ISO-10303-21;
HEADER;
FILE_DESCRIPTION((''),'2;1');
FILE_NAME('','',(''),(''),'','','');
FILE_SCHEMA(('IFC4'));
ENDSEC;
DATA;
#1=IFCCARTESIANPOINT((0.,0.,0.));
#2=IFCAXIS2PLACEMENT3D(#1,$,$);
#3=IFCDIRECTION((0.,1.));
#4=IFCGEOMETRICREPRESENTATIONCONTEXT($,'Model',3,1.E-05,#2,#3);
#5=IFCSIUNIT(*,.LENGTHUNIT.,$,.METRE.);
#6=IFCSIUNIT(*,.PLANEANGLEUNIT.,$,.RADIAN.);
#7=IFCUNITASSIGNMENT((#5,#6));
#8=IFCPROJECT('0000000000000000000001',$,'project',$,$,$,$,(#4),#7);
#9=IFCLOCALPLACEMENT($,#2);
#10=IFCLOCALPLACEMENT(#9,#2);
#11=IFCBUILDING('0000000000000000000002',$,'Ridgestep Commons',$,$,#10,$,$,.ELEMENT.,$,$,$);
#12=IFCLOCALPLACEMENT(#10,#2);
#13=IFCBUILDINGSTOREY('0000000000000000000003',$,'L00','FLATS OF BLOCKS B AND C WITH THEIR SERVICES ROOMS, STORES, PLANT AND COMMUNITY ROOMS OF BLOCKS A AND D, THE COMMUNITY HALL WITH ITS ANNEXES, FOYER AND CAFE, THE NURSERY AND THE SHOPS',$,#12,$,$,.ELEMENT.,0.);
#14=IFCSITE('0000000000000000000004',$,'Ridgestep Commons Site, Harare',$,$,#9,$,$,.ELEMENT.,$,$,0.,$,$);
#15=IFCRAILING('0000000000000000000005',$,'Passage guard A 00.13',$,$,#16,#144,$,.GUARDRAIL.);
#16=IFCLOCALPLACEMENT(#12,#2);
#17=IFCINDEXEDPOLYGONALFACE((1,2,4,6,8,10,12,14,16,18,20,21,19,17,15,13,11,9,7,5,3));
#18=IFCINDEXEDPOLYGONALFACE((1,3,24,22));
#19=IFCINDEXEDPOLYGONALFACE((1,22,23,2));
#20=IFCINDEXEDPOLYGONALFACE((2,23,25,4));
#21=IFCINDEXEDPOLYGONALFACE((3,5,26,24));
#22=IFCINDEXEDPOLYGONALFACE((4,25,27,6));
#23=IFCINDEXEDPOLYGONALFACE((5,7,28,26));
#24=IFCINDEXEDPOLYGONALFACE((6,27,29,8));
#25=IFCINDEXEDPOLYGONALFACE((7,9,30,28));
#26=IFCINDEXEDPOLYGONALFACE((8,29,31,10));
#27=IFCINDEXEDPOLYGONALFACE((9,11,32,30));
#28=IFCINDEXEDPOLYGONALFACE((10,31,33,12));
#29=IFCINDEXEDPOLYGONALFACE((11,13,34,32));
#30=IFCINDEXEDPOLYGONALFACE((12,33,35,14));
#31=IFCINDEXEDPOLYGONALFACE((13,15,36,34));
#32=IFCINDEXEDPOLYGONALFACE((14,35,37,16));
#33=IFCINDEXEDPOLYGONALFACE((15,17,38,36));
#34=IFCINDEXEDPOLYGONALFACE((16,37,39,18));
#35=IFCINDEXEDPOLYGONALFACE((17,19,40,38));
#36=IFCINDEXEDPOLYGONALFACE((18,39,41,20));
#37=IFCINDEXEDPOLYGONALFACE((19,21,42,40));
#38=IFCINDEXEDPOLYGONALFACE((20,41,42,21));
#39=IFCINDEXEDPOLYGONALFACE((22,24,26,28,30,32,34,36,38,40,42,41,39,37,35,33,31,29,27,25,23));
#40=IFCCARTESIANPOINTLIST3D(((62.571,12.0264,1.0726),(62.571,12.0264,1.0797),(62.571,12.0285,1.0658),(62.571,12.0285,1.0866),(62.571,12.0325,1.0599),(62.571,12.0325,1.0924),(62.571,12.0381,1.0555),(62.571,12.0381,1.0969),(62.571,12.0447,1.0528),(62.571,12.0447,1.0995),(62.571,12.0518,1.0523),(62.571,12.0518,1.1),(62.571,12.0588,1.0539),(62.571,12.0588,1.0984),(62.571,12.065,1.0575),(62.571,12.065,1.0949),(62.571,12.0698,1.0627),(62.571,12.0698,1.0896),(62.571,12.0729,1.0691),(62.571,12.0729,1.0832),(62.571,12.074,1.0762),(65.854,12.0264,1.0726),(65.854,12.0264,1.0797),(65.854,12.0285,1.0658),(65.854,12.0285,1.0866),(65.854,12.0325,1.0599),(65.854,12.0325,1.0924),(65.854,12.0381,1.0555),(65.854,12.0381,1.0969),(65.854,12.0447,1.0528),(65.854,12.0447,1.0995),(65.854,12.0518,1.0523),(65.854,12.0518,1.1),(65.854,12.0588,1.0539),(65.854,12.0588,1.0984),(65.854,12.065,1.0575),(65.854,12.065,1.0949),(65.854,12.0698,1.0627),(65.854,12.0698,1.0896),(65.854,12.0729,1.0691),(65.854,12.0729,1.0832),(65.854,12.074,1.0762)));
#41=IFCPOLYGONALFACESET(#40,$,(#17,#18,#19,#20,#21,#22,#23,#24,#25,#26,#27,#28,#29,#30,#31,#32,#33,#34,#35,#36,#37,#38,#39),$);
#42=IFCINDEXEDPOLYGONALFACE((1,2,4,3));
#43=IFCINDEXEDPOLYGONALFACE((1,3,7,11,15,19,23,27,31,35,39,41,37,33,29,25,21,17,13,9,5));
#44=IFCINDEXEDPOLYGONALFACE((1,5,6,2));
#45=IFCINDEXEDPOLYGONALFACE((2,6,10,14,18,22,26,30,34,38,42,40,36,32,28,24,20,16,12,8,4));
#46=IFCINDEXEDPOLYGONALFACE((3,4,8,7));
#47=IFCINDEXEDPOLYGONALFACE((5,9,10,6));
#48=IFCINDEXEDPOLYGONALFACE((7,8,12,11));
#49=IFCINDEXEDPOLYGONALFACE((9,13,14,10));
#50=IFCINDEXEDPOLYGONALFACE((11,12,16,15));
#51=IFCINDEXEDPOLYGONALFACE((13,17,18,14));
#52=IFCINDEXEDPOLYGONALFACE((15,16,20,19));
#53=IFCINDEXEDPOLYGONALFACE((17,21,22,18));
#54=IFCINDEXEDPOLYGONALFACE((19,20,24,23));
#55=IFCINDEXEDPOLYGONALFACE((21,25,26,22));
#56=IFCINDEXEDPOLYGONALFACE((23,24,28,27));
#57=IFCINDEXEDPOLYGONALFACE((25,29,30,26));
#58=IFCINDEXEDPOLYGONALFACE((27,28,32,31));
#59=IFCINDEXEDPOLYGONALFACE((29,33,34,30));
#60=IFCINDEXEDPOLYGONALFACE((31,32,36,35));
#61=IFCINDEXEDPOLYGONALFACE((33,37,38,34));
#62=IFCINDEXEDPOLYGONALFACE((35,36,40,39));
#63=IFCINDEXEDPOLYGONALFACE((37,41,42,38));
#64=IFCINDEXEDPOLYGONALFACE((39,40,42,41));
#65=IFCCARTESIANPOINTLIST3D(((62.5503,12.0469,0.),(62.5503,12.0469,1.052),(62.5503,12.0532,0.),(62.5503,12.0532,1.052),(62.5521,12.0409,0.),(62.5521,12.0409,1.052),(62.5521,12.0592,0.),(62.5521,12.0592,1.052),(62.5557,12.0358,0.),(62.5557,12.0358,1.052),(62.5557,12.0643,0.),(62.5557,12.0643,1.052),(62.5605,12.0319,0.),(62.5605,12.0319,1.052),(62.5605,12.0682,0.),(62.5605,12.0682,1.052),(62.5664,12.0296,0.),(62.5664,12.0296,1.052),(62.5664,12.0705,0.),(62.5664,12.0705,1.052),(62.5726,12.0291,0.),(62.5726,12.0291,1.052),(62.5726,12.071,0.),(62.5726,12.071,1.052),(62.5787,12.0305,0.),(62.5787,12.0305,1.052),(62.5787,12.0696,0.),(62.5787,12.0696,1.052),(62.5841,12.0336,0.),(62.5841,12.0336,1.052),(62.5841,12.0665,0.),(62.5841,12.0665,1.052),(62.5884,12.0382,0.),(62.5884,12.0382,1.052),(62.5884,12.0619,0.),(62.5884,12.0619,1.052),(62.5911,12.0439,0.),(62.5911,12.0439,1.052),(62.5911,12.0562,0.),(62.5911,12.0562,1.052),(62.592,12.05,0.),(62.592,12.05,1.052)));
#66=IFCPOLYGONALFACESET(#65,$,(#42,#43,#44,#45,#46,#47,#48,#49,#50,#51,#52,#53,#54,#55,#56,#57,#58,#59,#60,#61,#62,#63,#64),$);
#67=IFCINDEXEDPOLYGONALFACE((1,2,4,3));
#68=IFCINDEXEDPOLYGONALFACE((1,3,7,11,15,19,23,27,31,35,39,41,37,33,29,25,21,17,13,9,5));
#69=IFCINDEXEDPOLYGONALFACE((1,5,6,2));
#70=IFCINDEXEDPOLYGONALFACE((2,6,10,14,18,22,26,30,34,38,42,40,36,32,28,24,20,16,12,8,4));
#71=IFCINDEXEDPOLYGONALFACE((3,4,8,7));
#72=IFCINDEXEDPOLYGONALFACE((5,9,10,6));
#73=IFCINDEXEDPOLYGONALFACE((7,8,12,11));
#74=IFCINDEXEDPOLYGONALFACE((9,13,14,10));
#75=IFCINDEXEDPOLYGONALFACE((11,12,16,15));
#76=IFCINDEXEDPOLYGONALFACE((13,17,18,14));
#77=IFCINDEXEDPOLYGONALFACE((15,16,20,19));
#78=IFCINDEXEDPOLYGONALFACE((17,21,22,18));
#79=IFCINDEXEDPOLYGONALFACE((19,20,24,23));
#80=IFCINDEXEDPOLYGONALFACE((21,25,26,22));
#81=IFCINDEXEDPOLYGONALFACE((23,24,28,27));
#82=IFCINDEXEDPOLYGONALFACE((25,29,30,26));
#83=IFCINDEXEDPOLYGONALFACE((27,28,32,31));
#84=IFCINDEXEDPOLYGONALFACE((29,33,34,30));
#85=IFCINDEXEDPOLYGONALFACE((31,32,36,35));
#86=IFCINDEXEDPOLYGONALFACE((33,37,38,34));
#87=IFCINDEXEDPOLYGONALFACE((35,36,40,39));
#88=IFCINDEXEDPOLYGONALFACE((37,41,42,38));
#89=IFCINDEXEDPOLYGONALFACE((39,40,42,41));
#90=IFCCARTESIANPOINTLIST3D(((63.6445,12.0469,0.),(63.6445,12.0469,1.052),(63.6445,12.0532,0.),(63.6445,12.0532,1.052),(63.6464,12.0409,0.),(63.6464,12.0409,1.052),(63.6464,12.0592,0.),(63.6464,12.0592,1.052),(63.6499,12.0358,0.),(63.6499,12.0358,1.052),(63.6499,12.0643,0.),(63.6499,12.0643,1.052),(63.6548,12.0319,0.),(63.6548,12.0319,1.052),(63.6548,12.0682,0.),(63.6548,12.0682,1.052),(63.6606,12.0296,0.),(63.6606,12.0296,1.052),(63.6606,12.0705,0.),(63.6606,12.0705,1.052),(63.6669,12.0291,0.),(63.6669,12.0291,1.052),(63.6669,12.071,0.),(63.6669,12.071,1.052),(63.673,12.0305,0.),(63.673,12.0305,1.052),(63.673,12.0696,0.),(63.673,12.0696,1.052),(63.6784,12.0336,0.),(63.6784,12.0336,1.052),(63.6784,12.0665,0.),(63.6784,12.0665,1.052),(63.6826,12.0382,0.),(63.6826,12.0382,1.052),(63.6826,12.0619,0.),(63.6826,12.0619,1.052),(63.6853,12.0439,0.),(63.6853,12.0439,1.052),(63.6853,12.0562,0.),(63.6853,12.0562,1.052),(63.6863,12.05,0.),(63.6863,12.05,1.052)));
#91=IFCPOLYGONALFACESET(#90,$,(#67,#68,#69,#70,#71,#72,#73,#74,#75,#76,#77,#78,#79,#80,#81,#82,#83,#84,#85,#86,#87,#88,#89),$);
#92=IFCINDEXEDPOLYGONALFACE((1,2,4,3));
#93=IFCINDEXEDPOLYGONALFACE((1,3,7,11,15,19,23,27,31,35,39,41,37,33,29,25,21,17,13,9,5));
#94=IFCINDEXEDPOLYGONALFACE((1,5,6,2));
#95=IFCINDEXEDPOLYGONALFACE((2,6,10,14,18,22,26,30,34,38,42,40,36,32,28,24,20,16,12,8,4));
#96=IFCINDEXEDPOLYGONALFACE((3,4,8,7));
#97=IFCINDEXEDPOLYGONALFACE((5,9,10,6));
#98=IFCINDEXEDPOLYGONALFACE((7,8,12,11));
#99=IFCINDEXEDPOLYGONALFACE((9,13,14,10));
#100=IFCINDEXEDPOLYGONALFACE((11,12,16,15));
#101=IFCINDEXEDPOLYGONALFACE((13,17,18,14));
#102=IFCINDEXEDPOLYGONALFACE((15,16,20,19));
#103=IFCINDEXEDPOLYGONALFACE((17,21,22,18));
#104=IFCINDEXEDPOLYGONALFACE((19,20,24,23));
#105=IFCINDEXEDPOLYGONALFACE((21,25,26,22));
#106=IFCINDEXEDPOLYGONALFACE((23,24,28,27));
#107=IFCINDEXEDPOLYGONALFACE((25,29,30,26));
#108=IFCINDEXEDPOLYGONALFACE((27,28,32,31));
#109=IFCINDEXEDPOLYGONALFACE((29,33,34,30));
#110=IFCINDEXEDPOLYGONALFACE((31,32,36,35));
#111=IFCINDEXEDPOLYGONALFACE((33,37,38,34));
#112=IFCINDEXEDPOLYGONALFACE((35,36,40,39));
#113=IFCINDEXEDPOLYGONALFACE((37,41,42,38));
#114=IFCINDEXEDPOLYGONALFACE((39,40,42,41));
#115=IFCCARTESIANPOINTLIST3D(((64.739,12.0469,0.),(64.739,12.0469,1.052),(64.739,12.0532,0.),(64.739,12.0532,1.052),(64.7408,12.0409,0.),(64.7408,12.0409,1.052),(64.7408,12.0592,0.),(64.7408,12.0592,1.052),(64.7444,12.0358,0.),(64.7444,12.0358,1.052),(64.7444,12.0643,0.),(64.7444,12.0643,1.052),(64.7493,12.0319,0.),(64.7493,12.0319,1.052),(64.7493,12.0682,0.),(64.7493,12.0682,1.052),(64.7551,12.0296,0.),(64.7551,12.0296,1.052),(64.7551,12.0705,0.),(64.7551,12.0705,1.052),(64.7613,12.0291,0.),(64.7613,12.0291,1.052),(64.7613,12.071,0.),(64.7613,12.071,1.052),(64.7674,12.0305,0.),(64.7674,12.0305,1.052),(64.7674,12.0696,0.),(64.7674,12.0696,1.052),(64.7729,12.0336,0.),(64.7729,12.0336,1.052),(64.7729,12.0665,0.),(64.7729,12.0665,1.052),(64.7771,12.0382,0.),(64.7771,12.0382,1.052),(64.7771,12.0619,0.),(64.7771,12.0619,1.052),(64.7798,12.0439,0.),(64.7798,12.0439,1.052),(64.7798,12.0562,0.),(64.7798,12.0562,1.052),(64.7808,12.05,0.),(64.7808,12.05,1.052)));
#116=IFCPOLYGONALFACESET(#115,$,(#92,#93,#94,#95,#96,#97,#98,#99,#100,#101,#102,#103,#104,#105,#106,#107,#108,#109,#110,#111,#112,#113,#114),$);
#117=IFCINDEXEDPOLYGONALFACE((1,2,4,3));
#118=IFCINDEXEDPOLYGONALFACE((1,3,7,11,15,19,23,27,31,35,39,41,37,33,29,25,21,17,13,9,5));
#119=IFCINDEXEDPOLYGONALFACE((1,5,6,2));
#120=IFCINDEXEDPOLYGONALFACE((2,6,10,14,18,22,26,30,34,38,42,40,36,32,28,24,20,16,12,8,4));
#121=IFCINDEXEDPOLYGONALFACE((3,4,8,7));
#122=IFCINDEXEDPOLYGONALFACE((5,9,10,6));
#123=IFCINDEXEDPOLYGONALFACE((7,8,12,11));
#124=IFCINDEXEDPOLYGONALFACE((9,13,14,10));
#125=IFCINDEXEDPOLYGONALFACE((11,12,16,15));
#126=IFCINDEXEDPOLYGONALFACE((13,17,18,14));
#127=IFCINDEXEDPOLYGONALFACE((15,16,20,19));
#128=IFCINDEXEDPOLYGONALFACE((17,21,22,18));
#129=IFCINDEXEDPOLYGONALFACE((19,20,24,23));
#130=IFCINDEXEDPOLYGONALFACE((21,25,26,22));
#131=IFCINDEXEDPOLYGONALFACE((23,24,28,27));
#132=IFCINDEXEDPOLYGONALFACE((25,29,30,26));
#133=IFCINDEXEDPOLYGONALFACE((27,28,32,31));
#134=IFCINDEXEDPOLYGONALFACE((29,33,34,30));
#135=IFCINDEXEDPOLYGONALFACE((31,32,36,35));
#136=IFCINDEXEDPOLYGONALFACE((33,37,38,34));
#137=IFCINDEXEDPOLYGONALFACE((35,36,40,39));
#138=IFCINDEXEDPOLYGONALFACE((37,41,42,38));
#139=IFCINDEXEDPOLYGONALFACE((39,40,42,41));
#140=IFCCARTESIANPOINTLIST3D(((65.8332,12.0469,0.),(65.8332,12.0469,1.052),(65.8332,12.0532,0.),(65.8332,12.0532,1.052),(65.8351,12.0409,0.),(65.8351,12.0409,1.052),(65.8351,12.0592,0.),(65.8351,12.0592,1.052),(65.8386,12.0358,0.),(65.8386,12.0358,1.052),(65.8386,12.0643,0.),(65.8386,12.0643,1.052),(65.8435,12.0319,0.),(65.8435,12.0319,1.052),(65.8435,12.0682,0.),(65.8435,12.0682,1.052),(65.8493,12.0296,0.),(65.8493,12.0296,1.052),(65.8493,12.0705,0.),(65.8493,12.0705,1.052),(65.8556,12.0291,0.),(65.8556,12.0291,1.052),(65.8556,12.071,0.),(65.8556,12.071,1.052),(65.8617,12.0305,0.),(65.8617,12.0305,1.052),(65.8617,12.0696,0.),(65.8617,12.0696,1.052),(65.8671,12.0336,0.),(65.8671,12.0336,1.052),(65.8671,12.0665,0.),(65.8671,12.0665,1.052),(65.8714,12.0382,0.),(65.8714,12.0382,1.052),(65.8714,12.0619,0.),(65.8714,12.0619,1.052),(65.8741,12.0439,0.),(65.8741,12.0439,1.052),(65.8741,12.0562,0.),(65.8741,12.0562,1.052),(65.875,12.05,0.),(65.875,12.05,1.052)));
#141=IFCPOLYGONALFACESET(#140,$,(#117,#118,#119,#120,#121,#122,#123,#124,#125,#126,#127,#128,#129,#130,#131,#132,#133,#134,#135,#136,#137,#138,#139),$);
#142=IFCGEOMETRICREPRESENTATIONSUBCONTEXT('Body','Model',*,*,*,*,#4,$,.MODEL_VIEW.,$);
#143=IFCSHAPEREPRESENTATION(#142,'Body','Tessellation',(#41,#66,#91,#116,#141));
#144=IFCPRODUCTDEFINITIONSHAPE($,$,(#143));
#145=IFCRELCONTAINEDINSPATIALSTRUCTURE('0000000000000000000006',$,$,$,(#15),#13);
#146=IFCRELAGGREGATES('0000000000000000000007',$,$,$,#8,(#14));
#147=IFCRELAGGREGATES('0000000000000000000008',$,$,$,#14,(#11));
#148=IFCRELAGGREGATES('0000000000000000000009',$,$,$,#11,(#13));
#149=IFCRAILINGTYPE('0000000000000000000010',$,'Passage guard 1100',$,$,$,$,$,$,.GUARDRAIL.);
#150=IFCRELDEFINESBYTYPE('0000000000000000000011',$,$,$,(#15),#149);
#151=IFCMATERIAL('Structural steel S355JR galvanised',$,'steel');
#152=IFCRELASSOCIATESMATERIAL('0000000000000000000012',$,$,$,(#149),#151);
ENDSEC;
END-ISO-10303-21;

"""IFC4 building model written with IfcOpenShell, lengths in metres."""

from ifc_helpers import new_model, si_unit, direction, frame, origin, origin_2d, place, context, subcontext, project, spatial, circle, extrude, material, type_object, element, save


model = new_model("IFC4")

# Units and contexts
model_context = context("Model", 3, precision=1e-05, world=origin(), true_north=direction((0.0, 1.0)))
body_context = subcontext(model_context, "Body", "Model", "MODEL_VIEW")
ifc_project = project(units=[si_unit("LENGTHUNIT", "METRE"), si_unit("PLANEANGLEUNIT", "RADIAN")], contexts=[model_context])

# Site, building, storey
site_placement = place(None, origin())
site = spatial("IfcSite", under=ifc_project, at=site_placement, Name="Ridgestep Commons Site, Harare", CompositionType="ELEMENT", RefElevation=0.0)
building_placement = place(site_placement, origin())
building = spatial("IfcBuilding", under=site, at=building_placement, Name="Ridgestep Commons", CompositionType="ELEMENT")
storey_placement = place(building_placement, origin())
storey = spatial("IfcBuildingStorey", under=building, at=storey_placement, Name="L00", Description="FLATS OF BLOCKS B AND C WITH THEIR SERVICES ROOMS, STORES, PLANT AND COMMUNITY ROOMS OF BLOCKS A AND D, THE COMMUNITY HALL WITH ITS ANNEXES, FOYER AND CAFE, THE NURSERY AND THE SHOPS", CompositionType="ELEMENT", Elevation=0.0)

# Railing
ifc_material_1 = material(Name="Structural steel S355JR galvanised", Category="steel")
railing_type = type_object("IfcRailingType", Name="Passage guard 1100", PredefinedType="GUARDRAIL", material=ifc_material_1)
for number, where, name in (
    (1, (62.571, 12.05, 0.0), "Passage guard A 00.13"),
):
    element("IfcRailing", number, at=place(storey_placement, frame(where)), inside=storey, type_object=railing_type, Name=name, PredefinedType="GUARDRAIL", context=body_context, shape_type="SweptSolid", body=[
        extrude(circle(Radius=0.0239, at=origin_2d()), frame((0.0, 0.0, 1.0762), z_axis=(1.0, 0.0, 0.0), x_axis=(0.0, 1.0, 0.0)), (0.0, 0.0, 1.0), 3.283),
        extrude(circle(Radius=0.021, at=origin_2d()), origin(), (0.0, 0.0, 1.0), 1.052),
        extrude(circle(Radius=0.021, at=origin_2d()), frame((1.0942, 0.0, 0.0)), (0.0, 0.0, 1.0), 1.052),
        extrude(circle(Radius=0.021, at=origin_2d()), frame((2.1887, 0.0, 0.0)), (0.0, 0.0, 1.0), 1.052),
        extrude(circle(Radius=0.021, at=origin_2d()), frame((3.283, 0.0, 0.0)), (0.0, 0.0, 1.0), 1.052),
    ])

save(model, "model.ifc")
